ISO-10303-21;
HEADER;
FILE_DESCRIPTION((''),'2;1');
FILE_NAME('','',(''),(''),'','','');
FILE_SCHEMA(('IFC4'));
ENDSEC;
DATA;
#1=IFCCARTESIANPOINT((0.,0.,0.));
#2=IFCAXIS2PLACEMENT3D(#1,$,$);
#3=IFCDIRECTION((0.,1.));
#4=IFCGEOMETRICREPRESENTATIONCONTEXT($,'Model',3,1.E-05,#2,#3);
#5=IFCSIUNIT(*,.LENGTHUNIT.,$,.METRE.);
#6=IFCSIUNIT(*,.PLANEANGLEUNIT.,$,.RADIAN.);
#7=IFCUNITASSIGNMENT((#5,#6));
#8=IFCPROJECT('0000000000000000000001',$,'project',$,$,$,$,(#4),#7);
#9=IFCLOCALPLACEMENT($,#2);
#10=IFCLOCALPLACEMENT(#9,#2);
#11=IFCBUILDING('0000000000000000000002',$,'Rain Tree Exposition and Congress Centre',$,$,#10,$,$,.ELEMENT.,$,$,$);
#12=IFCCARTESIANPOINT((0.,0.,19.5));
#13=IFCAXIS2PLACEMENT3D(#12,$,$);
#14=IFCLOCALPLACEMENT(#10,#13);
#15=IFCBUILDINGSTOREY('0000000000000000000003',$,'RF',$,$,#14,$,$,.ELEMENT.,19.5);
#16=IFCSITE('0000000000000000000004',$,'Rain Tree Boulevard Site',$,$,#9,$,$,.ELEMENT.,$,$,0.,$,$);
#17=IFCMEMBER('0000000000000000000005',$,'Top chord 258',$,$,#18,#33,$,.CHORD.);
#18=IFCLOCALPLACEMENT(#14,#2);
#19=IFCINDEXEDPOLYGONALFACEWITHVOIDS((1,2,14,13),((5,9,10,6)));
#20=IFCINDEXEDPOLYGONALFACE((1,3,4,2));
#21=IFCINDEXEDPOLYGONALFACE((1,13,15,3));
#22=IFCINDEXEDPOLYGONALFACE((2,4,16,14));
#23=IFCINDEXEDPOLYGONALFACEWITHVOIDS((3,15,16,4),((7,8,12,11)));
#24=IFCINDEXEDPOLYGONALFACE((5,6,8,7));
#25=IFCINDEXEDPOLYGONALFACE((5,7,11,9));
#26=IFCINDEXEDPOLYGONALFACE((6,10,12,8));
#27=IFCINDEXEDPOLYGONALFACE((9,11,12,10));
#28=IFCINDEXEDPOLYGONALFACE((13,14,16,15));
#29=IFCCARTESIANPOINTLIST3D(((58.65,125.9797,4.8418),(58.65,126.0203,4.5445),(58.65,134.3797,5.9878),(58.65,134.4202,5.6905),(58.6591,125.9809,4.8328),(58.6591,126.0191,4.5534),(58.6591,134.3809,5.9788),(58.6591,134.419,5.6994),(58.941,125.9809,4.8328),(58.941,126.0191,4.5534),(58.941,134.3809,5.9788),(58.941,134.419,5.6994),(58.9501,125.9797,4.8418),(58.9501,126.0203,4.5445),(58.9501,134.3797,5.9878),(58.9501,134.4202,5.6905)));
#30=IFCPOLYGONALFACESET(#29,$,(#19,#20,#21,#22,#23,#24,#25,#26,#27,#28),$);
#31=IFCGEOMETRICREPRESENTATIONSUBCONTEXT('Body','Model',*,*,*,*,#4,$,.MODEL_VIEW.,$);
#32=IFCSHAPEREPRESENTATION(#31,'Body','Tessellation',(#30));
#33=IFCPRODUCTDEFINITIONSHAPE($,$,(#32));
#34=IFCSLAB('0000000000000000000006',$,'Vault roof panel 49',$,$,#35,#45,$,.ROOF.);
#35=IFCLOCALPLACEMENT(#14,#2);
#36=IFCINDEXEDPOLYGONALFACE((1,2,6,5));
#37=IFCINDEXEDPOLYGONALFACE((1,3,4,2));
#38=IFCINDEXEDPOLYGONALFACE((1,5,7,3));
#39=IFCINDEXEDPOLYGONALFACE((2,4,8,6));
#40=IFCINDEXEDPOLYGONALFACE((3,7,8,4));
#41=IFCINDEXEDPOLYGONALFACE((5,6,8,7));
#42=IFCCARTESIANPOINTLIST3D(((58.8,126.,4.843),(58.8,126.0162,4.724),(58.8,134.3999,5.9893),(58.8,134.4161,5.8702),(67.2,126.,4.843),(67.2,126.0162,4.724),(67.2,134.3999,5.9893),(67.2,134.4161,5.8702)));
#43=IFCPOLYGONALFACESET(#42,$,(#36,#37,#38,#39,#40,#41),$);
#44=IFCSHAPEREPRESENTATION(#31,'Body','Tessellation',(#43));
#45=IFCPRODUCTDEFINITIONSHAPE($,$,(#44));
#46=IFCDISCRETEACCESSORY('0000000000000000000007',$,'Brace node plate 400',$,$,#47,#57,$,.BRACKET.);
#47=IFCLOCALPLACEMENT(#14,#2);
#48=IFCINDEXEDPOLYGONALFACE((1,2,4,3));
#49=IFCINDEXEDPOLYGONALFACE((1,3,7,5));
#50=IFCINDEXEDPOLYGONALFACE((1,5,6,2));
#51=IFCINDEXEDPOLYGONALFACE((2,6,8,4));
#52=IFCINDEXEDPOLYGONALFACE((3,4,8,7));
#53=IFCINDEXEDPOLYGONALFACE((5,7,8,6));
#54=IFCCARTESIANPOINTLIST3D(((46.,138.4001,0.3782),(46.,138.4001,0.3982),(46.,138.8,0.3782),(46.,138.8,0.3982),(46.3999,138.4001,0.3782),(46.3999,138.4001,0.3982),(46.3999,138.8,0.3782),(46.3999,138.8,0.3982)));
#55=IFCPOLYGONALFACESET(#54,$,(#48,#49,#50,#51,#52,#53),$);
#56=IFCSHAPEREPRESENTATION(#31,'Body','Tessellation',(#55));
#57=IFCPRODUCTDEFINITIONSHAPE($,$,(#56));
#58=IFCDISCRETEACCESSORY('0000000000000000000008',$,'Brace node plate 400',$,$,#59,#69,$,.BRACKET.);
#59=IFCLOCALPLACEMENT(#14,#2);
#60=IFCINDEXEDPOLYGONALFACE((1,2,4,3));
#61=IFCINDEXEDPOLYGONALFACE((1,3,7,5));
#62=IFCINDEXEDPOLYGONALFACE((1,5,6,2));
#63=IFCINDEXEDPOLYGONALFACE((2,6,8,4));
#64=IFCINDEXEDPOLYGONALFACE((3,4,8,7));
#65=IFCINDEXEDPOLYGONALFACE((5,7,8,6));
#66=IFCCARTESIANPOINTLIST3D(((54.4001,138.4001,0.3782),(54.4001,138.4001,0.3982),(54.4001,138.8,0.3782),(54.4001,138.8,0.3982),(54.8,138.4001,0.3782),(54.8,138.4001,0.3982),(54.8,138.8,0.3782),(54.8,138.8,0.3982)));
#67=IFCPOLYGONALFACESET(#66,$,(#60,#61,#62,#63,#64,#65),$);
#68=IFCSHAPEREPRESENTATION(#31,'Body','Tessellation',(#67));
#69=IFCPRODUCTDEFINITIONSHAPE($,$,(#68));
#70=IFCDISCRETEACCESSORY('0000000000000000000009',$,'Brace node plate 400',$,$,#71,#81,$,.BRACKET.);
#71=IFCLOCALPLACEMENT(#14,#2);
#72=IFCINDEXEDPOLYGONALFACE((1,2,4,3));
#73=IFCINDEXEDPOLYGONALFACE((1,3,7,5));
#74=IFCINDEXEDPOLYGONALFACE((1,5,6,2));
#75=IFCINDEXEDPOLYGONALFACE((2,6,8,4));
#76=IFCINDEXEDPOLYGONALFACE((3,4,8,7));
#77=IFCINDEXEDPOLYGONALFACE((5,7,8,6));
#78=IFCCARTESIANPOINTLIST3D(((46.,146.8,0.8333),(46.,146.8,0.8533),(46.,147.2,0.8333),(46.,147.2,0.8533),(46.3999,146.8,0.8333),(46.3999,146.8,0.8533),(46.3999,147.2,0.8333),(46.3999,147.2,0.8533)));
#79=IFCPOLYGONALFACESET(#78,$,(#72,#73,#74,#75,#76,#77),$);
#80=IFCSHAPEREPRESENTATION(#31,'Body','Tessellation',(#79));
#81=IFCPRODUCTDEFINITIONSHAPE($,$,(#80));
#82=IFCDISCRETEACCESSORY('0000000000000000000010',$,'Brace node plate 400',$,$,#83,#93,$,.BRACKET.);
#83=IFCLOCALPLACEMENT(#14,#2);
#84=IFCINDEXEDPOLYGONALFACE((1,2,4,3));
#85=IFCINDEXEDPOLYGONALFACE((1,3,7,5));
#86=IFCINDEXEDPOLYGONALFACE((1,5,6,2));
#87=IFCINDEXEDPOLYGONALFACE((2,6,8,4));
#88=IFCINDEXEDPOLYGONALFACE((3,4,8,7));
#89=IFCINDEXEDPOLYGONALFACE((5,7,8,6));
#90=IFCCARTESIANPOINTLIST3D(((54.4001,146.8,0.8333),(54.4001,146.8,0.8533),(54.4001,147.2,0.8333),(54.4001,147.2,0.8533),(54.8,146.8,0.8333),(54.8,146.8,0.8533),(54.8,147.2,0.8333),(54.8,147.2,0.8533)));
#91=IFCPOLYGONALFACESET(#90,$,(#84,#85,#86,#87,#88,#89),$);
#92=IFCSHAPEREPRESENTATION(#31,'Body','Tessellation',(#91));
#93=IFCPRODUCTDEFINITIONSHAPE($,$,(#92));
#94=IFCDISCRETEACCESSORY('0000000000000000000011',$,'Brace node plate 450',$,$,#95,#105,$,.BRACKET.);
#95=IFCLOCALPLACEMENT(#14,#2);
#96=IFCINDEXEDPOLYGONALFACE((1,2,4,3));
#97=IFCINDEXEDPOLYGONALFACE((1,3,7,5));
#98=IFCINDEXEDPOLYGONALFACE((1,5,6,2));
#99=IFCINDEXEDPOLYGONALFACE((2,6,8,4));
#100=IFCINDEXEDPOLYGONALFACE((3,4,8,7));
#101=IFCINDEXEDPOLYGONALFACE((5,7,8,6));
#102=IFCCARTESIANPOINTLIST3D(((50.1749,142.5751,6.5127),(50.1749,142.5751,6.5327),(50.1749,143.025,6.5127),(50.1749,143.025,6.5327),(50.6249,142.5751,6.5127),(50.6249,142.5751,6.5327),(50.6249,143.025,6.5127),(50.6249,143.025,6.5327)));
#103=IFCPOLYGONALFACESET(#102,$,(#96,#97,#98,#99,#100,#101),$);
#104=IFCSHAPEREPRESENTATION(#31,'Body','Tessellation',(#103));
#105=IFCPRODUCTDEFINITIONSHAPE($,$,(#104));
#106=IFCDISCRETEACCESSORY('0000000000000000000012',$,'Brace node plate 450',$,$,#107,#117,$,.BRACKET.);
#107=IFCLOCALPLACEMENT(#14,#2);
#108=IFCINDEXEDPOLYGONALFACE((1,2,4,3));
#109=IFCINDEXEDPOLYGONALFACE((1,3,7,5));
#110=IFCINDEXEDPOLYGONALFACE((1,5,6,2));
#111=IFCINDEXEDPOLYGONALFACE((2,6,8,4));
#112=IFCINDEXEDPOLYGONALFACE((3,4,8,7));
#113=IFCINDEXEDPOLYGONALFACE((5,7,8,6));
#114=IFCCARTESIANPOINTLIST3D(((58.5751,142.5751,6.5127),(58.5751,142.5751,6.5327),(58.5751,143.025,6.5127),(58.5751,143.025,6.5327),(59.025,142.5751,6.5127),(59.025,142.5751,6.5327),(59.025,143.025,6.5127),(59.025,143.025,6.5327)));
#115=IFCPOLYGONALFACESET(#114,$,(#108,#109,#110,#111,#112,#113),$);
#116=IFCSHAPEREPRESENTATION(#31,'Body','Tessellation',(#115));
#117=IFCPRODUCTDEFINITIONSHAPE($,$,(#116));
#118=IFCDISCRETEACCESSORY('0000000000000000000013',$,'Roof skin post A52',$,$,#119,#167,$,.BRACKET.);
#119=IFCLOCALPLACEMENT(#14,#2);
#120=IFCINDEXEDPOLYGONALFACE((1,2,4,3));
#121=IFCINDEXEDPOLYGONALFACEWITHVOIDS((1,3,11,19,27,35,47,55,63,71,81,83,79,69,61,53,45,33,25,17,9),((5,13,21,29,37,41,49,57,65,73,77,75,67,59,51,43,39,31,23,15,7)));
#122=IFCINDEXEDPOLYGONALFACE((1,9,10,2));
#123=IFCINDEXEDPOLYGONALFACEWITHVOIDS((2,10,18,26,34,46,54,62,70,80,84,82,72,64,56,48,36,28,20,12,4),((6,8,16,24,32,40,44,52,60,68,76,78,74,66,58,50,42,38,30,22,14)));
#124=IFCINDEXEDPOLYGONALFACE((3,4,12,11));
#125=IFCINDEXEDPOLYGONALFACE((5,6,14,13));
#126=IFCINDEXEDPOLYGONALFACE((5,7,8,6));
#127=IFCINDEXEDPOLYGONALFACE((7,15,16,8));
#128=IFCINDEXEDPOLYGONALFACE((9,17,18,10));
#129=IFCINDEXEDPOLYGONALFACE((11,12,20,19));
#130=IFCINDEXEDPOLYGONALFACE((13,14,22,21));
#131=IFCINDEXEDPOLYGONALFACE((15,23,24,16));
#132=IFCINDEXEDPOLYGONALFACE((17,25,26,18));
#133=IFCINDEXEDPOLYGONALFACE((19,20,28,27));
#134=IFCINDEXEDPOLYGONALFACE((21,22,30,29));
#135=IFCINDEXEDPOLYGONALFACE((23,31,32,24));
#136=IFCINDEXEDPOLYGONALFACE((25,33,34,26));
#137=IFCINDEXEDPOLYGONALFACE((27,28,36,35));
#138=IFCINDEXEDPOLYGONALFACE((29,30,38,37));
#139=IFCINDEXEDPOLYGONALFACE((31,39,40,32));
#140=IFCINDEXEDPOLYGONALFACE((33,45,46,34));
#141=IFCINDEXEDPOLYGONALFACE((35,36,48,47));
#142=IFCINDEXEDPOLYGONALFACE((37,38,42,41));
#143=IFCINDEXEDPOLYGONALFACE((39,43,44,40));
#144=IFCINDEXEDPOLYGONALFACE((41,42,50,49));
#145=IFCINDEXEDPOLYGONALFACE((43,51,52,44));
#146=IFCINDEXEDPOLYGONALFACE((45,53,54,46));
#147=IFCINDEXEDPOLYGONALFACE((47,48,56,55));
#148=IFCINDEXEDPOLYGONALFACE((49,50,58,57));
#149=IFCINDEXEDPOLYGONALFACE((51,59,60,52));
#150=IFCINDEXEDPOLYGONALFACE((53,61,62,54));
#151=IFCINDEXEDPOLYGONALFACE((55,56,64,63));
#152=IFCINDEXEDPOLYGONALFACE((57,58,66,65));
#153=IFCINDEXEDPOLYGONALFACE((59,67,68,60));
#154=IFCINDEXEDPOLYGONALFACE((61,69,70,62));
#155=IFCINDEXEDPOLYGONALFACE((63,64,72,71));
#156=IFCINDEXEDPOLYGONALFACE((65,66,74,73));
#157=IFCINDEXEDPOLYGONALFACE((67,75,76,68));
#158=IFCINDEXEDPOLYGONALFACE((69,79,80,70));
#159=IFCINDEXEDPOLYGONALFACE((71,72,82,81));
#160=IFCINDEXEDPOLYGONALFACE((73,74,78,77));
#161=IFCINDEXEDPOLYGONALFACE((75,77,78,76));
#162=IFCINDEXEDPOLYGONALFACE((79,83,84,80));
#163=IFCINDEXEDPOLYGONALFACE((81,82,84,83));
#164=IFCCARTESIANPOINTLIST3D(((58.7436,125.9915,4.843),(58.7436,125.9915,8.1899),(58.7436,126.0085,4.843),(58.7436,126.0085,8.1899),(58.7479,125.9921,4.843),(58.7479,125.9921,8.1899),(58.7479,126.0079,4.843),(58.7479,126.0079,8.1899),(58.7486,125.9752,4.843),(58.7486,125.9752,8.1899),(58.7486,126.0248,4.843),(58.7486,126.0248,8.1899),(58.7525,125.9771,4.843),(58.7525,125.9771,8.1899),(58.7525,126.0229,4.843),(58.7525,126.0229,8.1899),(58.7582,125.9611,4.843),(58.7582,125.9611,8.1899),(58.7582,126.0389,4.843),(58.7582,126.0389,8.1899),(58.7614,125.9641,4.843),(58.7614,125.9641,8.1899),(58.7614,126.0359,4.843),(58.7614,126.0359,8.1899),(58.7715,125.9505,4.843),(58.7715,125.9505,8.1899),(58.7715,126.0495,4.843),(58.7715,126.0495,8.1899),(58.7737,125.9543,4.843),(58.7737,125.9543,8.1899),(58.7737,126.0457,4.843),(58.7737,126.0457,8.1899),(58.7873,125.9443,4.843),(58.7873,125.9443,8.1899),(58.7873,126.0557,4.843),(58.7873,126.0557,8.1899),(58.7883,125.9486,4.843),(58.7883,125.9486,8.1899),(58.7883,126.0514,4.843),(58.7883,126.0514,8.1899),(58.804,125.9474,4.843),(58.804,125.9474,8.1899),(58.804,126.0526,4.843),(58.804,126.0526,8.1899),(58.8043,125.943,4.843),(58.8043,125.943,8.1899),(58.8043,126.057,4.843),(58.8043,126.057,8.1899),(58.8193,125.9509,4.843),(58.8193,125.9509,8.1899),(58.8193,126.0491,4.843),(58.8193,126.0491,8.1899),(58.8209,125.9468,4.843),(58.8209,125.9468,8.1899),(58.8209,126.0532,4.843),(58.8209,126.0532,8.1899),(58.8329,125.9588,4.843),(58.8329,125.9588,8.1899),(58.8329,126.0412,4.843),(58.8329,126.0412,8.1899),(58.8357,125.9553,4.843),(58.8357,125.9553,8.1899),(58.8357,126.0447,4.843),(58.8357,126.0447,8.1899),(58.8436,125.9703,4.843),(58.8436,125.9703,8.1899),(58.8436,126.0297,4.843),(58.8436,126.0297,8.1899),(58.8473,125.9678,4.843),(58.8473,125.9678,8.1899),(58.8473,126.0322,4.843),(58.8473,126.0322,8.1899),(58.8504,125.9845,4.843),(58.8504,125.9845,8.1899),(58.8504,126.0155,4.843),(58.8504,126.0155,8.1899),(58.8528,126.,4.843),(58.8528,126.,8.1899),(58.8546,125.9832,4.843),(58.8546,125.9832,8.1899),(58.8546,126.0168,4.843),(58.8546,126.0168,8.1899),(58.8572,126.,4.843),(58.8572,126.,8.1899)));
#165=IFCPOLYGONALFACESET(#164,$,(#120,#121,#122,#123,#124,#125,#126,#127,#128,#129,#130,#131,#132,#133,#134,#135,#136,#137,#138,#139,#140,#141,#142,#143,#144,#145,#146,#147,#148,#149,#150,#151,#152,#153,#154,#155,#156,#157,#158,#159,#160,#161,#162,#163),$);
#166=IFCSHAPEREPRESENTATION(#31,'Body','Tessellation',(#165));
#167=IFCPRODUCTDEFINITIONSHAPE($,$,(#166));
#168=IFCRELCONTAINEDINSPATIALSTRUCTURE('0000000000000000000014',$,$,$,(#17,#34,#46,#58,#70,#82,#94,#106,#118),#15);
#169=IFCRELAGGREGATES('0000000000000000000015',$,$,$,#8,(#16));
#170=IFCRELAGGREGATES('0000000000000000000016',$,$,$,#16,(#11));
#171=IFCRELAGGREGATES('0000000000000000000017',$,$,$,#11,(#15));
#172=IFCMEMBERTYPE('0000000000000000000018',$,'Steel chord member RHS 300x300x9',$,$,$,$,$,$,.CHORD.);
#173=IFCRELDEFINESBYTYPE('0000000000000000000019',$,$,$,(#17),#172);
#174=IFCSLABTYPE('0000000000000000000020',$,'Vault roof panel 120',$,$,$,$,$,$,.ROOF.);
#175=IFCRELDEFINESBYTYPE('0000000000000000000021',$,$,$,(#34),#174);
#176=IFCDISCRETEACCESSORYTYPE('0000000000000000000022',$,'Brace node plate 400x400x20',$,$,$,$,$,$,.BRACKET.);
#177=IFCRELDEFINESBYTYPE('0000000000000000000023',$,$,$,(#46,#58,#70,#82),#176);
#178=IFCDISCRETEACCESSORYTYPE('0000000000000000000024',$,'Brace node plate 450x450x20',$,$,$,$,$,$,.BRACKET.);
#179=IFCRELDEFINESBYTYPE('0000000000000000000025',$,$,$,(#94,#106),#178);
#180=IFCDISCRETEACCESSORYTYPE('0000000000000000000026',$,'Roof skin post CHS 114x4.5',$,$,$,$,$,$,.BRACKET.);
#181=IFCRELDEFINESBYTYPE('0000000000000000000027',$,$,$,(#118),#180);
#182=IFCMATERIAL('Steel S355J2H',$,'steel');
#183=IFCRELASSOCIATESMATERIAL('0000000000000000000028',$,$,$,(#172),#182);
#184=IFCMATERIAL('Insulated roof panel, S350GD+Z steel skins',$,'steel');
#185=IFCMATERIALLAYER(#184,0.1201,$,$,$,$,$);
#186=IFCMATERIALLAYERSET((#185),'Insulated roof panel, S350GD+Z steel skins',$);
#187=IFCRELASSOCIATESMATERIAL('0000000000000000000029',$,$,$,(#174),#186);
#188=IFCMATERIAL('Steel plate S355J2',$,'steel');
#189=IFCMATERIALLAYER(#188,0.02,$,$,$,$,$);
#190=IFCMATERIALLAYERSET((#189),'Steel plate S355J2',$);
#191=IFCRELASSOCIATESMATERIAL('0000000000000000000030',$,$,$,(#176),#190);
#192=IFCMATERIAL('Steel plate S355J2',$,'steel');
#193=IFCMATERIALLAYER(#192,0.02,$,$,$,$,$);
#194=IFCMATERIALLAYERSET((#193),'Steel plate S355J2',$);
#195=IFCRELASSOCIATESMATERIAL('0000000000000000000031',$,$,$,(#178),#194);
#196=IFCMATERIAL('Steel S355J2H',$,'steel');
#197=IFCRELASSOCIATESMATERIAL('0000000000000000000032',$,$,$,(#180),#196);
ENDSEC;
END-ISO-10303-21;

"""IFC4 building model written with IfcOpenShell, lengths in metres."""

from ifc_helpers import new_model, si_unit, direction, frame, origin, origin_2d, place, context, subcontext, project, spatial, polyline, rectangle, hollow_rectangle, hollow_circle, outline, extrude, material, layer, layer_set, material_profile, profile_set, type_object, element, save


model = new_model("IFC4")

# Units and contexts
model_context = context("Model", 3, precision=1e-05, world=origin(), true_north=direction((0.0, 1.0)))
body_context = subcontext(model_context, "Body", "Model", "MODEL_VIEW")
ifc_project = project(units=[si_unit("LENGTHUNIT", "METRE"), si_unit("PLANEANGLEUNIT", "RADIAN")], contexts=[model_context])

# Site, building, storey
site_placement = place(None, origin())
site = spatial("IfcSite", under=ifc_project, at=site_placement, Name="Rain Tree Boulevard Site", CompositionType="ELEMENT", RefElevation=0.0)
building_placement = place(site_placement, origin())
building = spatial("IfcBuilding", under=site, at=building_placement, Name="Rain Tree Exposition and Congress Centre", CompositionType="ELEMENT")
storey_placement = place(building_placement, frame((0.0, 0.0, 19.5)))
storey = spatial("IfcBuildingStorey", under=building, at=storey_placement, Name="RF", CompositionType="ELEMENT", Elevation=19.5)

# Member
ifc_material_1 = material(Name="Steel S355J2H", Category="steel")
ifc_material_profile_1 = material_profile(ifc_material_1, hollow_rectangle(XDim=0.3, YDim=0.3, WallThickness=0.009, at=origin_2d()), Name="RHS 300x300x9")
ifc_profile_set_1 = profile_set([ifc_material_profile_1], Name="Steel S355J2H")
member_type_1 = type_object("IfcMemberType", Name="Steel chord member RHS 300x300x9", PredefinedType="CHORD", material=ifc_profile_set_1)
member_1_placement = place(storey_placement, frame((58.8, 126.0, 4.6931), z_axis=(0.0, 0.990821, 0.135177), x_axis=(-1.0, 0.0, 0.0)))
element("IfcMember", 1, at=member_1_placement, inside=storey, type_object=member_type_1, Name="Top chord 258", PredefinedType="CHORD", context=body_context, shape_type="SweptSolid", body=[
    extrude(hollow_rectangle(XDim=0.3, YDim=0.3, WallThickness=0.009, at=origin_2d()), origin(), (0.0, 0.0, 1.0), 8.4778),
])

# Slab
ifc_material_2 = material(Name="Insulated roof panel, S350GD+Z steel skins", Category="steel")
ifc_layer_1 = layer(ifc_material_2, 0.1201)
ifc_layer_set_1 = layer_set([ifc_layer_1], Name="Insulated roof panel, S350GD+Z steel skins")
slab_type = type_object("IfcSlabType", Name="Vault roof panel 120", PredefinedType="ROOF", material=ifc_layer_set_1)
slab_placement = place(storey_placement, frame((58.8, 126.0, 4.843), z_axis=(0.0, -0.135206, 0.990818), x_axis=(1.0, 0.0, 0.0)))
element("IfcSlab", 2, at=slab_placement, inside=storey, type_object=slab_type, Name="Vault roof panel 49", PredefinedType="ROOF", context=body_context, shape_type="SweptSolid", body=[
    extrude(outline(polyline([(0.0, 0.0), (8.3999, 0.0), (8.3999, 8.4777), (0.0, 8.4777), (0.0, 0.0)])), origin(), (0.0, 0.0, -1.0), 0.1201),
])

# Discrete accessories
ifc_material_3 = material(Name="Steel plate S355J2", Category="steel")
ifc_layer_2 = layer(ifc_material_3, 0.02)
ifc_layer_set_2 = layer_set([ifc_layer_2], Name="Steel plate S355J2")
discrete_accessory_type_1 = type_object("IfcDiscreteAccessoryType", Name="Brace node plate 400x400x20", PredefinedType="BRACKET", material=ifc_layer_set_2)
for number, where, z_axis, x_axis, name in (
    (3, (46.2, 138.6001, 0.3782), (0.0, 0.0, 1.0), (1.0, 0.0, 0.0), "Brace node plate 400"),
    (4, (54.6001, 138.6001, 0.3782), (0.0, 0.0, 1.0), (1.0, 0.0, 0.0), "Brace node plate 400"),
    (5, (46.2, 147.0, 0.8333), (0.0, 0.0, 1.0), (1.0, 0.0, 0.0), "Brace node plate 400"),
    (6, (54.6001, 147.0, 0.8333), (0.0, 0.0, 1.0), (1.0, 0.0, 0.0), "Brace node plate 400"),
):
    element("IfcDiscreteAccessory", number, at=place(storey_placement, frame(where, z_axis=z_axis, x_axis=x_axis)), inside=storey, type_object=discrete_accessory_type_1, Name=name, PredefinedType="BRACKET", context=body_context, shape_type="SweptSolid", body=[
        extrude(rectangle(XDim=0.3999, YDim=0.3999, at=origin_2d()), origin(), (0.0, 0.0, 1.0), 0.02),
    ])
ifc_material_4 = material(Name="Steel plate S355J2", Category="steel")
ifc_layer_3 = layer(ifc_material_4, 0.02)
ifc_layer_set_3 = layer_set([ifc_layer_3], Name="Steel plate S355J2")
discrete_accessory_type_2 = type_object("IfcDiscreteAccessoryType", Name="Brace node plate 450x450x20", PredefinedType="BRACKET", material=ifc_layer_set_3)
for number, where, z_axis, x_axis, name in (
    (7, (50.3999, 142.8, 6.5127), (0.0, 0.0, 1.0), (1.0, 0.0, 0.0), "Brace node plate 450"),
    (8, (58.8, 142.8, 6.5127), (0.0, 0.0, 1.0), (1.0, 0.0, 0.0), "Brace node plate 450"),
):
    element("IfcDiscreteAccessory", number, at=place(storey_placement, frame(where, z_axis=z_axis, x_axis=x_axis)), inside=storey, type_object=discrete_accessory_type_2, Name=name, PredefinedType="BRACKET", context=body_context, shape_type="SweptSolid", body=[
        extrude(rectangle(XDim=0.45, YDim=0.45, at=origin_2d()), origin(), (0.0, 0.0, 1.0), 0.02),
    ])
ifc_material_5 = material(Name="Steel S355J2H", Category="steel")
ifc_material_profile_2 = material_profile(ifc_material_5, hollow_circle(Radius=0.0571, WallThickness=0.0044, at=origin_2d()), Name="CHS 114x4.5")
ifc_profile_set_2 = profile_set([ifc_material_profile_2], Name="Steel S355J2H")
discrete_accessory_type_3 = type_object("IfcDiscreteAccessoryType", Name="Roof skin post CHS 114x4.5", PredefinedType="BRACKET", material=ifc_profile_set_2)
discrete_accessory_placement = place(storey_placement, frame((58.8, 126.0, 4.843), z_axis=(0.0, 0.0, 1.0), x_axis=(1.0, 0.0, 0.0)))
element("IfcDiscreteAccessory", 9, at=discrete_accessory_placement, inside=storey, type_object=discrete_accessory_type_3, Name="Roof skin post A52", PredefinedType="BRACKET", context=body_context, shape_type="SweptSolid", body=[
    extrude(hollow_circle(Radius=0.0571, WallThickness=0.0044, at=origin_2d()), origin(), (0.0, 0.0, 1.0), 3.3469),
])

save(model, "model.ifc")
